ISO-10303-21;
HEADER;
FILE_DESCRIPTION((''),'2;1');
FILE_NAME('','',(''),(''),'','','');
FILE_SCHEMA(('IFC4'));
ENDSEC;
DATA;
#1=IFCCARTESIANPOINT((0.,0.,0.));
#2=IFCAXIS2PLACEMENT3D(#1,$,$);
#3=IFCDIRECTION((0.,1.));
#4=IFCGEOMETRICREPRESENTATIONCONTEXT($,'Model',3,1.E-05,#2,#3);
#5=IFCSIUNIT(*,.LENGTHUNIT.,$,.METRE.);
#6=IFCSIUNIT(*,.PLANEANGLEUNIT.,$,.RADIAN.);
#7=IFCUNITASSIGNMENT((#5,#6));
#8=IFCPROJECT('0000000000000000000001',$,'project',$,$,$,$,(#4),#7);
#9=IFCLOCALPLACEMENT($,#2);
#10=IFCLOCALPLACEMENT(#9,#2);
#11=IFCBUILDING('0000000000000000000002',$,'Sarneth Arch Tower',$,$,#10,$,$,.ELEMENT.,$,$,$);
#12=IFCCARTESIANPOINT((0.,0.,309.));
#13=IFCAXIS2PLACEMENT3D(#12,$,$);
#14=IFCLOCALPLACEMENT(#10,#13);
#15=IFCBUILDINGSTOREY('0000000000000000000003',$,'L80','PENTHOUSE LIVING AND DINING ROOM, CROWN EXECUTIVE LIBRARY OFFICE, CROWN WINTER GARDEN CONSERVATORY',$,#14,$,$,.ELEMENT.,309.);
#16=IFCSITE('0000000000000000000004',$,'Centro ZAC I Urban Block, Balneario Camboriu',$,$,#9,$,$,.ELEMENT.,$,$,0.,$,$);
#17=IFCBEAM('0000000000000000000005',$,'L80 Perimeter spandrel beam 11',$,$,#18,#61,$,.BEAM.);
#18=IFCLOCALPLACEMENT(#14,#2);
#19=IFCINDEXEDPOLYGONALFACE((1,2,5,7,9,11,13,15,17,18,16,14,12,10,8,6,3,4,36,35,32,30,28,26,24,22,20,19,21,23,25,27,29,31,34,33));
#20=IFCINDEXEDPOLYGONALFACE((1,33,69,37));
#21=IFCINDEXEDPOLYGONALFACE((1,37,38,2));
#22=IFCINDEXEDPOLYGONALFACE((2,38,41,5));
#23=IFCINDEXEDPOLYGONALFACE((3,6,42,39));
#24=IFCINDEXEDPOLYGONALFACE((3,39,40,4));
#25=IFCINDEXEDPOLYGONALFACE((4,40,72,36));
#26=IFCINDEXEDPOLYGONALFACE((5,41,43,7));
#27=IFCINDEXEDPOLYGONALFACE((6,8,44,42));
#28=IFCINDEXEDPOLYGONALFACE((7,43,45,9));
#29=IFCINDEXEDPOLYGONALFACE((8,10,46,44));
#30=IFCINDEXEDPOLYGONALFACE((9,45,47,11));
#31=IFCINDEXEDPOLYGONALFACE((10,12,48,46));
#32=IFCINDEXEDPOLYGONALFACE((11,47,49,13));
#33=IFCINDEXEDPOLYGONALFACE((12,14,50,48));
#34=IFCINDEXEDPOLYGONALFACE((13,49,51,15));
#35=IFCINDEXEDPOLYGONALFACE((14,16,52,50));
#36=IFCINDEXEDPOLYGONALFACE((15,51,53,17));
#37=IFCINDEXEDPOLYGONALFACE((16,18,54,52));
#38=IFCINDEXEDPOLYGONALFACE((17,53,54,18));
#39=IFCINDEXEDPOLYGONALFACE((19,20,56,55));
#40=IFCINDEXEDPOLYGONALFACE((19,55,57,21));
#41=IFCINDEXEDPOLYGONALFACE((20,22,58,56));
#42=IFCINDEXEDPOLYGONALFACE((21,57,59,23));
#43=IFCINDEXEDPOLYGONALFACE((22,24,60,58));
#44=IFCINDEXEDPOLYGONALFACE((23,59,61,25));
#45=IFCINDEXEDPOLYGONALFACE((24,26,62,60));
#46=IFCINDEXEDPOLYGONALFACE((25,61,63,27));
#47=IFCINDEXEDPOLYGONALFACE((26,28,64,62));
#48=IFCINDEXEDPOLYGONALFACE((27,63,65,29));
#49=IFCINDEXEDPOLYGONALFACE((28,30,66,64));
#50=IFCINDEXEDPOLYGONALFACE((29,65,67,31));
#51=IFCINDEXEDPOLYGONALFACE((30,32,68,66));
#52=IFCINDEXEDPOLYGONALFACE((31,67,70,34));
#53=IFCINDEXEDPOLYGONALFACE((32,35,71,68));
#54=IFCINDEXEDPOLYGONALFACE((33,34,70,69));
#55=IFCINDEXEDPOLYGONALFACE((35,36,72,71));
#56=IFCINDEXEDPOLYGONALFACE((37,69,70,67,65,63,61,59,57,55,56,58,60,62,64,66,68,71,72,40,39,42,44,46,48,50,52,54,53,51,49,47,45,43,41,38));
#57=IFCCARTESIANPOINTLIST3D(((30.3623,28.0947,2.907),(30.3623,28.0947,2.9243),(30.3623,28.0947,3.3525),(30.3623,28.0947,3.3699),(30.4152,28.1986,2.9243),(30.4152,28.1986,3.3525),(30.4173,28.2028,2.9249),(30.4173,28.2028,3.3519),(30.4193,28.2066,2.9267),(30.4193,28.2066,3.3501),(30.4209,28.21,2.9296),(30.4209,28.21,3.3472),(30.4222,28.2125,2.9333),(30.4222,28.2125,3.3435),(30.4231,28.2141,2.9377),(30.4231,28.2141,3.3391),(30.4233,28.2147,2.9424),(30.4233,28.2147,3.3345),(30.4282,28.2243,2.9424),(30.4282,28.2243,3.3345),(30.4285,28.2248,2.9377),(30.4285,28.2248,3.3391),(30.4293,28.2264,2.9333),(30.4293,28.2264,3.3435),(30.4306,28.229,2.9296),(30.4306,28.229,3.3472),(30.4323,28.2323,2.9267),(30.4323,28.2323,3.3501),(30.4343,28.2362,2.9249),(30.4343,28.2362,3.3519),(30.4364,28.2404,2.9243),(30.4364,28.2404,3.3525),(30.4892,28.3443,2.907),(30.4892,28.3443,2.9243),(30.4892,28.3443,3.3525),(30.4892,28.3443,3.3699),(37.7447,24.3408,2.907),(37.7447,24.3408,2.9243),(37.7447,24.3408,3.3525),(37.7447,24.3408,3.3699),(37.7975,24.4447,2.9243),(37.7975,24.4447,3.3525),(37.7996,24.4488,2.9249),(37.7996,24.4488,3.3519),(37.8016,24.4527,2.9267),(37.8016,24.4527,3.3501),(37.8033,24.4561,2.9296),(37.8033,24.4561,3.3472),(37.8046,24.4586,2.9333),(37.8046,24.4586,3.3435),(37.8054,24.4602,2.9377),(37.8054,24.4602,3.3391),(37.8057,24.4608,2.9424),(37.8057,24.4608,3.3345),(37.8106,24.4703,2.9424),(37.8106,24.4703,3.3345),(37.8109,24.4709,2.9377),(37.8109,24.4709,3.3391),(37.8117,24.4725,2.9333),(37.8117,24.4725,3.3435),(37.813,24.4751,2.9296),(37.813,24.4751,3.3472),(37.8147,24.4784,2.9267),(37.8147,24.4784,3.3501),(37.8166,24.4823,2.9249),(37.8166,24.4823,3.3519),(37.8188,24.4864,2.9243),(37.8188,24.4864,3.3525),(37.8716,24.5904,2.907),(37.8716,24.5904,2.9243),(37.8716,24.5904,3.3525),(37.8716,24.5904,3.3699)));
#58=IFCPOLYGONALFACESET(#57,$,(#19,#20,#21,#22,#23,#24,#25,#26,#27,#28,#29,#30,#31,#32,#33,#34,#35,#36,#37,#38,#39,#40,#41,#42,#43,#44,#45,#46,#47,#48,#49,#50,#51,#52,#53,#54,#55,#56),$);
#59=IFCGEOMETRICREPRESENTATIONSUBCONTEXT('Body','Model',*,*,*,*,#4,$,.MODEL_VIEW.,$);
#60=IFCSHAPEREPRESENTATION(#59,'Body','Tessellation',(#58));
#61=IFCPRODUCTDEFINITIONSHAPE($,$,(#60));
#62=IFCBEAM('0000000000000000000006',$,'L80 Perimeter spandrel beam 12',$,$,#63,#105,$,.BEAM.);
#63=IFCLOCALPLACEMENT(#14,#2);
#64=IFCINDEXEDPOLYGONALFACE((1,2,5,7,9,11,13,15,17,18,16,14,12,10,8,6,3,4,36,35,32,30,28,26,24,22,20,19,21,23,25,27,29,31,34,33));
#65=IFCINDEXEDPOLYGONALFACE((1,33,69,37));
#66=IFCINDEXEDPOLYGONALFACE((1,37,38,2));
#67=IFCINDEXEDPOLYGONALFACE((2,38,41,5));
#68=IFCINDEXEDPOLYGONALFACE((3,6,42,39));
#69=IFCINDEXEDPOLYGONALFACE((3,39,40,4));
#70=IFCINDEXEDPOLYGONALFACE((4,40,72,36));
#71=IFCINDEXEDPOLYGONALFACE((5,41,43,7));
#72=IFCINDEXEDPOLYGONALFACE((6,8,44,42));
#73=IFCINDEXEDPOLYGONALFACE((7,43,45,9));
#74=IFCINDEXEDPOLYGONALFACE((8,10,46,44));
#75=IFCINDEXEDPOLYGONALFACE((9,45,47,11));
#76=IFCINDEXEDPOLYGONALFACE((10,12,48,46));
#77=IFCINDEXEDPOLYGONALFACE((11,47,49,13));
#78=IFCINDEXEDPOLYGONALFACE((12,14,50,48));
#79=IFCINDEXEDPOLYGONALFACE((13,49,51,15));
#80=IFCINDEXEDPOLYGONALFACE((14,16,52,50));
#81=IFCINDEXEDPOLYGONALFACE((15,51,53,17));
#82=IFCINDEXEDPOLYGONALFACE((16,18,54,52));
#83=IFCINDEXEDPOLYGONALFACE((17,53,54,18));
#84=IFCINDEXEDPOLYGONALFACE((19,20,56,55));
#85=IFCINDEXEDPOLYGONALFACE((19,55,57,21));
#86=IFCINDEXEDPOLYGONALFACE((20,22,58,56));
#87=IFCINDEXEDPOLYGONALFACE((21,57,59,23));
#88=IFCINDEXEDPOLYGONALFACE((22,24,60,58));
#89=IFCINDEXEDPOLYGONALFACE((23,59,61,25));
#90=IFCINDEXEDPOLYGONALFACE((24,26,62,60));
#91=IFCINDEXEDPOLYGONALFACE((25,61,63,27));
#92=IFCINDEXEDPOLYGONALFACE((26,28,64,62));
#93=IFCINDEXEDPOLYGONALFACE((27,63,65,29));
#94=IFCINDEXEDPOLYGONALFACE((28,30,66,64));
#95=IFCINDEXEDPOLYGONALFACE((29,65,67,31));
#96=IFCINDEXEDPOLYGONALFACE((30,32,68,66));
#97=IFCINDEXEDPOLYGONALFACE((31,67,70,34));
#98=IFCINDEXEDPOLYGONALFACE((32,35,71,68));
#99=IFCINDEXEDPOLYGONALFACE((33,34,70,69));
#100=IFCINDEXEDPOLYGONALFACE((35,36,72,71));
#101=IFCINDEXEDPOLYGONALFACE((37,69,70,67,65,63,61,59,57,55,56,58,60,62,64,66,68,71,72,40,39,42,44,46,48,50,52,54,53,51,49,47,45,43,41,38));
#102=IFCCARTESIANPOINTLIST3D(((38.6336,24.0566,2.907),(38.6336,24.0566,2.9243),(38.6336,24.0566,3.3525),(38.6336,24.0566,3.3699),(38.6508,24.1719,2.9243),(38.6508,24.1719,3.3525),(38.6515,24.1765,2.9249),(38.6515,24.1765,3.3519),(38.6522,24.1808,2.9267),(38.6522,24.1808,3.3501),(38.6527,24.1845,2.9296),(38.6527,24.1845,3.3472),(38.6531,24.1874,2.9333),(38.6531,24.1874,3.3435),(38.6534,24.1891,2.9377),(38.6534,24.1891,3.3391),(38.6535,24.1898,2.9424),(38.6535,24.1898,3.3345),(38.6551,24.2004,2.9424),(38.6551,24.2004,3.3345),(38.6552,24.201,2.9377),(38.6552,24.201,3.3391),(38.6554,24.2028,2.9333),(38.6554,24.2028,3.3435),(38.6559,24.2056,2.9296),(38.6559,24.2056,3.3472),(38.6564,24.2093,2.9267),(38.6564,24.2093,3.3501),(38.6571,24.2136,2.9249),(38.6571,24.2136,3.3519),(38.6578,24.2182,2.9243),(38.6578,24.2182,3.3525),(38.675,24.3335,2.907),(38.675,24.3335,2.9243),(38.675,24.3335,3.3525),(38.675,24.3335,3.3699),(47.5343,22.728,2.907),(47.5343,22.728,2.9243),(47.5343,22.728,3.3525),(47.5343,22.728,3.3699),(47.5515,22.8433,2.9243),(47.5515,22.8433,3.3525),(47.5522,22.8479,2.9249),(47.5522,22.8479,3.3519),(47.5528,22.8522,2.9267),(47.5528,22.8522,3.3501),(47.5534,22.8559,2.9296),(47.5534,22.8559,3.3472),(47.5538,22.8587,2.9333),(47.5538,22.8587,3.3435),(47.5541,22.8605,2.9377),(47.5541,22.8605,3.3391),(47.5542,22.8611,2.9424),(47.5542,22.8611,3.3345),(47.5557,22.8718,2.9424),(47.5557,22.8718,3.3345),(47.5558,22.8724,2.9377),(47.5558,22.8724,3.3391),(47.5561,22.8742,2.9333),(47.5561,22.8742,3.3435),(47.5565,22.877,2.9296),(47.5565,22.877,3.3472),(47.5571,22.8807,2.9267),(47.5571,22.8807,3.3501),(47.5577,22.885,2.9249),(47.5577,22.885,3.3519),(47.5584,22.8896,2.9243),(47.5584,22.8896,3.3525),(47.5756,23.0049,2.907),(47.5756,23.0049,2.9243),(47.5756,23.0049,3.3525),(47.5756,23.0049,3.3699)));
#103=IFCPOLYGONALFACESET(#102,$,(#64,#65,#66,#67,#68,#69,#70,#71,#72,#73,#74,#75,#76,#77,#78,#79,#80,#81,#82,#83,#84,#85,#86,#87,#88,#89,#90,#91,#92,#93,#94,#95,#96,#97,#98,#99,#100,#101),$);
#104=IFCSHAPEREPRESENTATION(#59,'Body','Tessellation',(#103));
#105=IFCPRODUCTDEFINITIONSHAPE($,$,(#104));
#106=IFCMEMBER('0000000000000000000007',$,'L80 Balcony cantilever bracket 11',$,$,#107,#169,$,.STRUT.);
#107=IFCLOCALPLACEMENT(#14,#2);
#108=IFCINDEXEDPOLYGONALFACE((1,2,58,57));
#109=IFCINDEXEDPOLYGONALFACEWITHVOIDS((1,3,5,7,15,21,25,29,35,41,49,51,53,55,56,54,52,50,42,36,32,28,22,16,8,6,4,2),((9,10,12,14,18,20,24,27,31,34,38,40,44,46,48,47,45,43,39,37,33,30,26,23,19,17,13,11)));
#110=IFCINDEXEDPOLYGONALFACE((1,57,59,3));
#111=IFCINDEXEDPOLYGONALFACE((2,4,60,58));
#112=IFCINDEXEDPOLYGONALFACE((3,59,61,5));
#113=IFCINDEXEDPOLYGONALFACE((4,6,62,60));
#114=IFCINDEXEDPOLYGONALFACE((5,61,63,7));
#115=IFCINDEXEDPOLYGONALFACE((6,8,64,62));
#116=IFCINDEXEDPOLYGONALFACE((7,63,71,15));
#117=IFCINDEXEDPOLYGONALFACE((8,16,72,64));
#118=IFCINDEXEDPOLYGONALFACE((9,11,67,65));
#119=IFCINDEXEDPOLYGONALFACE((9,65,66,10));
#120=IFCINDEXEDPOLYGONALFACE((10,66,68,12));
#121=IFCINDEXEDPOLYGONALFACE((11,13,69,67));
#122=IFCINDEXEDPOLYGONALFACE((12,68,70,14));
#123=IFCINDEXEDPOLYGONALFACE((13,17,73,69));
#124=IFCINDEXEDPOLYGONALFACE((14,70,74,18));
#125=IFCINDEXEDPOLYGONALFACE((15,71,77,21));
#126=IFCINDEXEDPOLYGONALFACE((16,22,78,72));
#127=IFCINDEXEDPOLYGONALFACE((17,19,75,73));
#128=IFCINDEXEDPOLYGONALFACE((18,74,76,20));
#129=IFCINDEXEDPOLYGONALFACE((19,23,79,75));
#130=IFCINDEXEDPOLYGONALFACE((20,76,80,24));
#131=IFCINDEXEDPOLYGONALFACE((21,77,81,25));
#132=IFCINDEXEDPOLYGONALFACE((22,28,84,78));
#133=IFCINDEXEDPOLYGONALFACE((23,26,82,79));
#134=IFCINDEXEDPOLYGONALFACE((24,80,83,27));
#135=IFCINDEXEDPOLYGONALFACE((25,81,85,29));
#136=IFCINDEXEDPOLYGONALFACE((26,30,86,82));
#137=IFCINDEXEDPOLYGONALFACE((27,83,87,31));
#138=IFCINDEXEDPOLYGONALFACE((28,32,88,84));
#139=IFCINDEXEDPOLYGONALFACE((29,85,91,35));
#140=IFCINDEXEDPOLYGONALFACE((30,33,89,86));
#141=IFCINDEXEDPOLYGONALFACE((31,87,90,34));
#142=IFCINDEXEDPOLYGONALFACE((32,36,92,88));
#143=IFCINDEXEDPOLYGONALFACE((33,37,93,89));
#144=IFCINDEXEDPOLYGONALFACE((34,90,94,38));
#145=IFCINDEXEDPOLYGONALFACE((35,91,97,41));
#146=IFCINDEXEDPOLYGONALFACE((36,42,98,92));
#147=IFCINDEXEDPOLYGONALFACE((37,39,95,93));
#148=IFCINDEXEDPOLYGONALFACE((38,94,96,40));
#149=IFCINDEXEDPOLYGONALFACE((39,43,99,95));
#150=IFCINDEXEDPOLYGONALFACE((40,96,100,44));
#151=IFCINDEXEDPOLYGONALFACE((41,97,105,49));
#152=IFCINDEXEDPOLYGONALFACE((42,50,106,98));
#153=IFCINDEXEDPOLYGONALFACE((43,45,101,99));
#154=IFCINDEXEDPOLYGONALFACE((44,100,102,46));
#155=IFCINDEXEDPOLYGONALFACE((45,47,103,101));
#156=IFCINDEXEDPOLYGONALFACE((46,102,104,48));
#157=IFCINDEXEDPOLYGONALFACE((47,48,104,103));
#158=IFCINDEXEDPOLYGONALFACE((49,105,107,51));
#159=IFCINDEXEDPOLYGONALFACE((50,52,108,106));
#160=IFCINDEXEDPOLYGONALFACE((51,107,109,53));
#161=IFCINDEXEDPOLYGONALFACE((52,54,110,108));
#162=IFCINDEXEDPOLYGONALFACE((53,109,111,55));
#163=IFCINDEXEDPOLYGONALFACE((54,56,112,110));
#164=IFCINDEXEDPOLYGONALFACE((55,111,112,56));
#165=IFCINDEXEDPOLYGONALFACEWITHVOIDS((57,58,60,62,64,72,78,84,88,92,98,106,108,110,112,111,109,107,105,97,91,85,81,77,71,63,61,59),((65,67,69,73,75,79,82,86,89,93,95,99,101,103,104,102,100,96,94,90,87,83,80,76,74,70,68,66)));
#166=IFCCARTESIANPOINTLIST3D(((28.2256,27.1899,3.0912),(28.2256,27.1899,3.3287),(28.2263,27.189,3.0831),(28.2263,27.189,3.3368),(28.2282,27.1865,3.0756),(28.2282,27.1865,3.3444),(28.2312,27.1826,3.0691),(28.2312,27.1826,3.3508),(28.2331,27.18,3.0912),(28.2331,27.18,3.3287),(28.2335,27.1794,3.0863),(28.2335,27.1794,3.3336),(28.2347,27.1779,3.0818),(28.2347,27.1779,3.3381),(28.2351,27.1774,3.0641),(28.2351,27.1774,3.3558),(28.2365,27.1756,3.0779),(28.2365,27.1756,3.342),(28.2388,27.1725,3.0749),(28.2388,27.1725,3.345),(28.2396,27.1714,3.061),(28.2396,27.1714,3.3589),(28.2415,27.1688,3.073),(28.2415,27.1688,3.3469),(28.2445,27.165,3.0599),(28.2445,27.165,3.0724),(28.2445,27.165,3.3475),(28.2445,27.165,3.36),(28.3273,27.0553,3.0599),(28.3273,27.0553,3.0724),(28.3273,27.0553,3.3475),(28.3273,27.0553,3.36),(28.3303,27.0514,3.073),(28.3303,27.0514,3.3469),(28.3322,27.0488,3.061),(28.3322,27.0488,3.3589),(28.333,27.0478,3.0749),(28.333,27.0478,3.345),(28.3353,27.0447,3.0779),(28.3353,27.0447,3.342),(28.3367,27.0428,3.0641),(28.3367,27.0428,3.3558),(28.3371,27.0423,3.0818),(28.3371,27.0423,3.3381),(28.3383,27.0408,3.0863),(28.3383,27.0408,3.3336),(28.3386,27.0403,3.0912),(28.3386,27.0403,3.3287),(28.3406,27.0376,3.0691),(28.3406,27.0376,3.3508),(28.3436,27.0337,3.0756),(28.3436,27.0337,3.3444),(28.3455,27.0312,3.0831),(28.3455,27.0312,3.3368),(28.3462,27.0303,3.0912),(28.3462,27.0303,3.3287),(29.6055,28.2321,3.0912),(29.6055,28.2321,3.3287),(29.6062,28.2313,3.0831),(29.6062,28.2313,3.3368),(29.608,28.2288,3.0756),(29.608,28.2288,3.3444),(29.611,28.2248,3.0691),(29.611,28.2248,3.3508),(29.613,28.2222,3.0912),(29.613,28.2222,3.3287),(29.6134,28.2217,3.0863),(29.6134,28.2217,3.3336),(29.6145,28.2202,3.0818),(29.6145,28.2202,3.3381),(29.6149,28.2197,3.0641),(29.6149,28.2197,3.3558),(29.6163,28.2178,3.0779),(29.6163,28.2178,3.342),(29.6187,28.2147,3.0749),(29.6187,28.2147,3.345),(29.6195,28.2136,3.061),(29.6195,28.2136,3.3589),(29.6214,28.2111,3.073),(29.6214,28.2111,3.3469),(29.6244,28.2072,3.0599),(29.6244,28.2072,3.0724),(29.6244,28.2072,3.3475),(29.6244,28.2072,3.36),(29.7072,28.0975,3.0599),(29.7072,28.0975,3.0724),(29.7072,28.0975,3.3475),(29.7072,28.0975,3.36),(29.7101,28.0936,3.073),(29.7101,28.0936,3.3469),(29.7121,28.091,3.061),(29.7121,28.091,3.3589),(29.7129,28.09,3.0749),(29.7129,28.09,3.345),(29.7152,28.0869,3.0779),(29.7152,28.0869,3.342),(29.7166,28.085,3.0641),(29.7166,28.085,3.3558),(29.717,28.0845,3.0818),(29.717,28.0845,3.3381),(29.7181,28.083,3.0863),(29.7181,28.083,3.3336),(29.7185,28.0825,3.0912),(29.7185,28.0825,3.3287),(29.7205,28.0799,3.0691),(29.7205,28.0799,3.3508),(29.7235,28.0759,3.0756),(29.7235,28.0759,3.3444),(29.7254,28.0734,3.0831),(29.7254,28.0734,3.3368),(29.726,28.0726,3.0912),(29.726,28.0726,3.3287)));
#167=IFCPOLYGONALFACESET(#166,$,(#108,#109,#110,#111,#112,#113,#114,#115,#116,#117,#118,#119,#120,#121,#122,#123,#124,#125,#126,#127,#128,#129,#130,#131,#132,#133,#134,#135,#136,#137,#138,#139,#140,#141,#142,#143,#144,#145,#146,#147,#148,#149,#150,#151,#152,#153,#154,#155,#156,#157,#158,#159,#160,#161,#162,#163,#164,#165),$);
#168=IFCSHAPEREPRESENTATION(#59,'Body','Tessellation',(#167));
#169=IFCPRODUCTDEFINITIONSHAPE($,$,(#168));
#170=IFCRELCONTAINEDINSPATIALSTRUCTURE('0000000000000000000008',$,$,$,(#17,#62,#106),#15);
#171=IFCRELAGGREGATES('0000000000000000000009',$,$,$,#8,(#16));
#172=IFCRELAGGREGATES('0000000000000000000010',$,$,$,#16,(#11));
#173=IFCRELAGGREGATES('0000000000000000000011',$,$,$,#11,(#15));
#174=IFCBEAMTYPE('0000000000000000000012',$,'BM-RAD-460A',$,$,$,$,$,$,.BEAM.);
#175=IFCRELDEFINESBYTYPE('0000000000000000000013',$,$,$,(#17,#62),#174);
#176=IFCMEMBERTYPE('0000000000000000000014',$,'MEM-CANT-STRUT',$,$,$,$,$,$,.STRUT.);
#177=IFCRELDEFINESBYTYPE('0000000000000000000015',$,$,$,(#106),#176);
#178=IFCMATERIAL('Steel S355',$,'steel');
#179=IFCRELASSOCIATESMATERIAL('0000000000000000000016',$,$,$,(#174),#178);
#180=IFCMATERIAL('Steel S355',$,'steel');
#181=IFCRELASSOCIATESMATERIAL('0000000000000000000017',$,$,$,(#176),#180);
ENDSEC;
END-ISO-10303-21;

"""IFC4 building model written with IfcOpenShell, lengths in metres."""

from ifc_helpers import new_model, si_unit, direction, frame, origin, origin_2d, place, context, subcontext, project, spatial, hollow_rectangle, i_section, extrude, material, material_profile, profile_set, type_object, element, save


model = new_model("IFC4")

# Units and contexts
model_context = context("Model", 3, precision=1e-05, world=origin(), true_north=direction((0.0, 1.0)))
body_context = subcontext(model_context, "Body", "Model", "MODEL_VIEW")
ifc_project = project(units=[si_unit("LENGTHUNIT", "METRE"), si_unit("PLANEANGLEUNIT", "RADIAN")], contexts=[model_context])

# Site, building, storey
site_placement = place(None, origin())
site = spatial("IfcSite", under=ifc_project, at=site_placement, Name="Centro ZAC I Urban Block, Balneario Camboriu", CompositionType="ELEMENT", RefElevation=0.0)
building_placement = place(site_placement, origin())
building = spatial("IfcBuilding", under=site, at=building_placement, Name="Sarneth Arch Tower", CompositionType="ELEMENT")
storey_placement = place(building_placement, frame((0.0, 0.0, 309.0)))
storey = spatial("IfcBuildingStorey", under=building, at=storey_placement, Name="L80", Description="PENTHOUSE LIVING AND DINING ROOM, CROWN EXECUTIVE LIBRARY OFFICE, CROWN WINTER GARDEN CONSERVATORY", CompositionType="ELEMENT", Elevation=309.0)

# Beams
ifc_material_1 = material(Name="Steel S355", Category="steel")
ifc_material_profile_1 = material_profile(ifc_material_1, i_section(OverallWidth=0.28, OverallDepth=0.4629, WebThickness=0.0107, FlangeThickness=0.0173, FilletRadius=0.0181, at=origin_2d()), Name="W460x113")
ifc_profile_set_1 = profile_set([ifc_material_profile_1], Name="Steel S355")
beam_type_1 = type_object("IfcBeamType", Name="BM-RAD-460A", PredefinedType="BEAM", material=ifc_profile_set_1)
beam_1_placement = place(storey_placement, frame((30.4258, 28.2195, 3.1384), z_axis=(0.891376, -0.453264, 0.0), x_axis=(0.453264, 0.891376, 0.0)))
element("IfcBeam", 1, at=beam_1_placement, inside=storey, type_object=beam_type_1, Name="L80 Perimeter spandrel beam 11", PredefinedType="BEAM", context=body_context, shape_type="SweptSolid", body=[
    extrude(i_section(OverallWidth=0.28, OverallDepth=0.4629, WebThickness=0.0107, FlangeThickness=0.0173, FilletRadius=0.0181, at=origin_2d()), origin(), (0.0, 0.0, 1.0), 8.282),
])
beam_2_placement = place(storey_placement, frame((38.6543, 24.1951, 3.1384), z_axis=(0.989042, -0.147636, 0.0), x_axis=(0.147636, 0.989042, 0.0)))
element("IfcBeam", 2, at=beam_2_placement, inside=storey, type_object=beam_type_1, Name="L80 Perimeter spandrel beam 12", PredefinedType="BEAM", context=body_context, shape_type="SweptSolid", body=[
    extrude(i_section(OverallWidth=0.28, OverallDepth=0.4629, WebThickness=0.0107, FlangeThickness=0.0173, FilletRadius=0.0181, at=origin_2d()), origin(), (0.0, 0.0, 1.0), 8.9993),
])

# Member
ifc_material_2 = material(Name="Steel S355", Category="steel")
ifc_material_profile_2 = material_profile(ifc_material_2, hollow_rectangle(XDim=0.2, YDim=0.3, WallThickness=0.0125, InnerFilletRadius=0.0188, OuterFilletRadius=0.0312, at=origin_2d()), Name="RHS300x200x12.5")
ifc_profile_set_2 = profile_set([ifc_material_profile_2], Name="Steel S355")
member_type_1 = type_object("IfcMemberType", Name="MEM-CANT-STRUT", PredefinedType="STRUT", material=ifc_profile_set_2)
member_1_placement = place(storey_placement, frame((29.6658, 28.1523, 3.21), z_axis=(-0.797962, -0.602707, 0.0), x_axis=(0.602707, -0.797962, 0.0)))
element("IfcMember", 3, at=member_1_placement, inside=storey, type_object=member_type_1, Name="L80 Balcony cantilever bracket 11", PredefinedType="STRUT", context=body_context, shape_type="SweptSolid", body=[
    extrude(hollow_rectangle(XDim=0.2, YDim=0.3, WallThickness=0.0125, InnerFilletRadius=0.0188, OuterFilletRadius=0.0312, at=origin_2d()), origin(), (0.0, 0.0, 1.0), 1.7292),
])

save(model, "model.ifc")
